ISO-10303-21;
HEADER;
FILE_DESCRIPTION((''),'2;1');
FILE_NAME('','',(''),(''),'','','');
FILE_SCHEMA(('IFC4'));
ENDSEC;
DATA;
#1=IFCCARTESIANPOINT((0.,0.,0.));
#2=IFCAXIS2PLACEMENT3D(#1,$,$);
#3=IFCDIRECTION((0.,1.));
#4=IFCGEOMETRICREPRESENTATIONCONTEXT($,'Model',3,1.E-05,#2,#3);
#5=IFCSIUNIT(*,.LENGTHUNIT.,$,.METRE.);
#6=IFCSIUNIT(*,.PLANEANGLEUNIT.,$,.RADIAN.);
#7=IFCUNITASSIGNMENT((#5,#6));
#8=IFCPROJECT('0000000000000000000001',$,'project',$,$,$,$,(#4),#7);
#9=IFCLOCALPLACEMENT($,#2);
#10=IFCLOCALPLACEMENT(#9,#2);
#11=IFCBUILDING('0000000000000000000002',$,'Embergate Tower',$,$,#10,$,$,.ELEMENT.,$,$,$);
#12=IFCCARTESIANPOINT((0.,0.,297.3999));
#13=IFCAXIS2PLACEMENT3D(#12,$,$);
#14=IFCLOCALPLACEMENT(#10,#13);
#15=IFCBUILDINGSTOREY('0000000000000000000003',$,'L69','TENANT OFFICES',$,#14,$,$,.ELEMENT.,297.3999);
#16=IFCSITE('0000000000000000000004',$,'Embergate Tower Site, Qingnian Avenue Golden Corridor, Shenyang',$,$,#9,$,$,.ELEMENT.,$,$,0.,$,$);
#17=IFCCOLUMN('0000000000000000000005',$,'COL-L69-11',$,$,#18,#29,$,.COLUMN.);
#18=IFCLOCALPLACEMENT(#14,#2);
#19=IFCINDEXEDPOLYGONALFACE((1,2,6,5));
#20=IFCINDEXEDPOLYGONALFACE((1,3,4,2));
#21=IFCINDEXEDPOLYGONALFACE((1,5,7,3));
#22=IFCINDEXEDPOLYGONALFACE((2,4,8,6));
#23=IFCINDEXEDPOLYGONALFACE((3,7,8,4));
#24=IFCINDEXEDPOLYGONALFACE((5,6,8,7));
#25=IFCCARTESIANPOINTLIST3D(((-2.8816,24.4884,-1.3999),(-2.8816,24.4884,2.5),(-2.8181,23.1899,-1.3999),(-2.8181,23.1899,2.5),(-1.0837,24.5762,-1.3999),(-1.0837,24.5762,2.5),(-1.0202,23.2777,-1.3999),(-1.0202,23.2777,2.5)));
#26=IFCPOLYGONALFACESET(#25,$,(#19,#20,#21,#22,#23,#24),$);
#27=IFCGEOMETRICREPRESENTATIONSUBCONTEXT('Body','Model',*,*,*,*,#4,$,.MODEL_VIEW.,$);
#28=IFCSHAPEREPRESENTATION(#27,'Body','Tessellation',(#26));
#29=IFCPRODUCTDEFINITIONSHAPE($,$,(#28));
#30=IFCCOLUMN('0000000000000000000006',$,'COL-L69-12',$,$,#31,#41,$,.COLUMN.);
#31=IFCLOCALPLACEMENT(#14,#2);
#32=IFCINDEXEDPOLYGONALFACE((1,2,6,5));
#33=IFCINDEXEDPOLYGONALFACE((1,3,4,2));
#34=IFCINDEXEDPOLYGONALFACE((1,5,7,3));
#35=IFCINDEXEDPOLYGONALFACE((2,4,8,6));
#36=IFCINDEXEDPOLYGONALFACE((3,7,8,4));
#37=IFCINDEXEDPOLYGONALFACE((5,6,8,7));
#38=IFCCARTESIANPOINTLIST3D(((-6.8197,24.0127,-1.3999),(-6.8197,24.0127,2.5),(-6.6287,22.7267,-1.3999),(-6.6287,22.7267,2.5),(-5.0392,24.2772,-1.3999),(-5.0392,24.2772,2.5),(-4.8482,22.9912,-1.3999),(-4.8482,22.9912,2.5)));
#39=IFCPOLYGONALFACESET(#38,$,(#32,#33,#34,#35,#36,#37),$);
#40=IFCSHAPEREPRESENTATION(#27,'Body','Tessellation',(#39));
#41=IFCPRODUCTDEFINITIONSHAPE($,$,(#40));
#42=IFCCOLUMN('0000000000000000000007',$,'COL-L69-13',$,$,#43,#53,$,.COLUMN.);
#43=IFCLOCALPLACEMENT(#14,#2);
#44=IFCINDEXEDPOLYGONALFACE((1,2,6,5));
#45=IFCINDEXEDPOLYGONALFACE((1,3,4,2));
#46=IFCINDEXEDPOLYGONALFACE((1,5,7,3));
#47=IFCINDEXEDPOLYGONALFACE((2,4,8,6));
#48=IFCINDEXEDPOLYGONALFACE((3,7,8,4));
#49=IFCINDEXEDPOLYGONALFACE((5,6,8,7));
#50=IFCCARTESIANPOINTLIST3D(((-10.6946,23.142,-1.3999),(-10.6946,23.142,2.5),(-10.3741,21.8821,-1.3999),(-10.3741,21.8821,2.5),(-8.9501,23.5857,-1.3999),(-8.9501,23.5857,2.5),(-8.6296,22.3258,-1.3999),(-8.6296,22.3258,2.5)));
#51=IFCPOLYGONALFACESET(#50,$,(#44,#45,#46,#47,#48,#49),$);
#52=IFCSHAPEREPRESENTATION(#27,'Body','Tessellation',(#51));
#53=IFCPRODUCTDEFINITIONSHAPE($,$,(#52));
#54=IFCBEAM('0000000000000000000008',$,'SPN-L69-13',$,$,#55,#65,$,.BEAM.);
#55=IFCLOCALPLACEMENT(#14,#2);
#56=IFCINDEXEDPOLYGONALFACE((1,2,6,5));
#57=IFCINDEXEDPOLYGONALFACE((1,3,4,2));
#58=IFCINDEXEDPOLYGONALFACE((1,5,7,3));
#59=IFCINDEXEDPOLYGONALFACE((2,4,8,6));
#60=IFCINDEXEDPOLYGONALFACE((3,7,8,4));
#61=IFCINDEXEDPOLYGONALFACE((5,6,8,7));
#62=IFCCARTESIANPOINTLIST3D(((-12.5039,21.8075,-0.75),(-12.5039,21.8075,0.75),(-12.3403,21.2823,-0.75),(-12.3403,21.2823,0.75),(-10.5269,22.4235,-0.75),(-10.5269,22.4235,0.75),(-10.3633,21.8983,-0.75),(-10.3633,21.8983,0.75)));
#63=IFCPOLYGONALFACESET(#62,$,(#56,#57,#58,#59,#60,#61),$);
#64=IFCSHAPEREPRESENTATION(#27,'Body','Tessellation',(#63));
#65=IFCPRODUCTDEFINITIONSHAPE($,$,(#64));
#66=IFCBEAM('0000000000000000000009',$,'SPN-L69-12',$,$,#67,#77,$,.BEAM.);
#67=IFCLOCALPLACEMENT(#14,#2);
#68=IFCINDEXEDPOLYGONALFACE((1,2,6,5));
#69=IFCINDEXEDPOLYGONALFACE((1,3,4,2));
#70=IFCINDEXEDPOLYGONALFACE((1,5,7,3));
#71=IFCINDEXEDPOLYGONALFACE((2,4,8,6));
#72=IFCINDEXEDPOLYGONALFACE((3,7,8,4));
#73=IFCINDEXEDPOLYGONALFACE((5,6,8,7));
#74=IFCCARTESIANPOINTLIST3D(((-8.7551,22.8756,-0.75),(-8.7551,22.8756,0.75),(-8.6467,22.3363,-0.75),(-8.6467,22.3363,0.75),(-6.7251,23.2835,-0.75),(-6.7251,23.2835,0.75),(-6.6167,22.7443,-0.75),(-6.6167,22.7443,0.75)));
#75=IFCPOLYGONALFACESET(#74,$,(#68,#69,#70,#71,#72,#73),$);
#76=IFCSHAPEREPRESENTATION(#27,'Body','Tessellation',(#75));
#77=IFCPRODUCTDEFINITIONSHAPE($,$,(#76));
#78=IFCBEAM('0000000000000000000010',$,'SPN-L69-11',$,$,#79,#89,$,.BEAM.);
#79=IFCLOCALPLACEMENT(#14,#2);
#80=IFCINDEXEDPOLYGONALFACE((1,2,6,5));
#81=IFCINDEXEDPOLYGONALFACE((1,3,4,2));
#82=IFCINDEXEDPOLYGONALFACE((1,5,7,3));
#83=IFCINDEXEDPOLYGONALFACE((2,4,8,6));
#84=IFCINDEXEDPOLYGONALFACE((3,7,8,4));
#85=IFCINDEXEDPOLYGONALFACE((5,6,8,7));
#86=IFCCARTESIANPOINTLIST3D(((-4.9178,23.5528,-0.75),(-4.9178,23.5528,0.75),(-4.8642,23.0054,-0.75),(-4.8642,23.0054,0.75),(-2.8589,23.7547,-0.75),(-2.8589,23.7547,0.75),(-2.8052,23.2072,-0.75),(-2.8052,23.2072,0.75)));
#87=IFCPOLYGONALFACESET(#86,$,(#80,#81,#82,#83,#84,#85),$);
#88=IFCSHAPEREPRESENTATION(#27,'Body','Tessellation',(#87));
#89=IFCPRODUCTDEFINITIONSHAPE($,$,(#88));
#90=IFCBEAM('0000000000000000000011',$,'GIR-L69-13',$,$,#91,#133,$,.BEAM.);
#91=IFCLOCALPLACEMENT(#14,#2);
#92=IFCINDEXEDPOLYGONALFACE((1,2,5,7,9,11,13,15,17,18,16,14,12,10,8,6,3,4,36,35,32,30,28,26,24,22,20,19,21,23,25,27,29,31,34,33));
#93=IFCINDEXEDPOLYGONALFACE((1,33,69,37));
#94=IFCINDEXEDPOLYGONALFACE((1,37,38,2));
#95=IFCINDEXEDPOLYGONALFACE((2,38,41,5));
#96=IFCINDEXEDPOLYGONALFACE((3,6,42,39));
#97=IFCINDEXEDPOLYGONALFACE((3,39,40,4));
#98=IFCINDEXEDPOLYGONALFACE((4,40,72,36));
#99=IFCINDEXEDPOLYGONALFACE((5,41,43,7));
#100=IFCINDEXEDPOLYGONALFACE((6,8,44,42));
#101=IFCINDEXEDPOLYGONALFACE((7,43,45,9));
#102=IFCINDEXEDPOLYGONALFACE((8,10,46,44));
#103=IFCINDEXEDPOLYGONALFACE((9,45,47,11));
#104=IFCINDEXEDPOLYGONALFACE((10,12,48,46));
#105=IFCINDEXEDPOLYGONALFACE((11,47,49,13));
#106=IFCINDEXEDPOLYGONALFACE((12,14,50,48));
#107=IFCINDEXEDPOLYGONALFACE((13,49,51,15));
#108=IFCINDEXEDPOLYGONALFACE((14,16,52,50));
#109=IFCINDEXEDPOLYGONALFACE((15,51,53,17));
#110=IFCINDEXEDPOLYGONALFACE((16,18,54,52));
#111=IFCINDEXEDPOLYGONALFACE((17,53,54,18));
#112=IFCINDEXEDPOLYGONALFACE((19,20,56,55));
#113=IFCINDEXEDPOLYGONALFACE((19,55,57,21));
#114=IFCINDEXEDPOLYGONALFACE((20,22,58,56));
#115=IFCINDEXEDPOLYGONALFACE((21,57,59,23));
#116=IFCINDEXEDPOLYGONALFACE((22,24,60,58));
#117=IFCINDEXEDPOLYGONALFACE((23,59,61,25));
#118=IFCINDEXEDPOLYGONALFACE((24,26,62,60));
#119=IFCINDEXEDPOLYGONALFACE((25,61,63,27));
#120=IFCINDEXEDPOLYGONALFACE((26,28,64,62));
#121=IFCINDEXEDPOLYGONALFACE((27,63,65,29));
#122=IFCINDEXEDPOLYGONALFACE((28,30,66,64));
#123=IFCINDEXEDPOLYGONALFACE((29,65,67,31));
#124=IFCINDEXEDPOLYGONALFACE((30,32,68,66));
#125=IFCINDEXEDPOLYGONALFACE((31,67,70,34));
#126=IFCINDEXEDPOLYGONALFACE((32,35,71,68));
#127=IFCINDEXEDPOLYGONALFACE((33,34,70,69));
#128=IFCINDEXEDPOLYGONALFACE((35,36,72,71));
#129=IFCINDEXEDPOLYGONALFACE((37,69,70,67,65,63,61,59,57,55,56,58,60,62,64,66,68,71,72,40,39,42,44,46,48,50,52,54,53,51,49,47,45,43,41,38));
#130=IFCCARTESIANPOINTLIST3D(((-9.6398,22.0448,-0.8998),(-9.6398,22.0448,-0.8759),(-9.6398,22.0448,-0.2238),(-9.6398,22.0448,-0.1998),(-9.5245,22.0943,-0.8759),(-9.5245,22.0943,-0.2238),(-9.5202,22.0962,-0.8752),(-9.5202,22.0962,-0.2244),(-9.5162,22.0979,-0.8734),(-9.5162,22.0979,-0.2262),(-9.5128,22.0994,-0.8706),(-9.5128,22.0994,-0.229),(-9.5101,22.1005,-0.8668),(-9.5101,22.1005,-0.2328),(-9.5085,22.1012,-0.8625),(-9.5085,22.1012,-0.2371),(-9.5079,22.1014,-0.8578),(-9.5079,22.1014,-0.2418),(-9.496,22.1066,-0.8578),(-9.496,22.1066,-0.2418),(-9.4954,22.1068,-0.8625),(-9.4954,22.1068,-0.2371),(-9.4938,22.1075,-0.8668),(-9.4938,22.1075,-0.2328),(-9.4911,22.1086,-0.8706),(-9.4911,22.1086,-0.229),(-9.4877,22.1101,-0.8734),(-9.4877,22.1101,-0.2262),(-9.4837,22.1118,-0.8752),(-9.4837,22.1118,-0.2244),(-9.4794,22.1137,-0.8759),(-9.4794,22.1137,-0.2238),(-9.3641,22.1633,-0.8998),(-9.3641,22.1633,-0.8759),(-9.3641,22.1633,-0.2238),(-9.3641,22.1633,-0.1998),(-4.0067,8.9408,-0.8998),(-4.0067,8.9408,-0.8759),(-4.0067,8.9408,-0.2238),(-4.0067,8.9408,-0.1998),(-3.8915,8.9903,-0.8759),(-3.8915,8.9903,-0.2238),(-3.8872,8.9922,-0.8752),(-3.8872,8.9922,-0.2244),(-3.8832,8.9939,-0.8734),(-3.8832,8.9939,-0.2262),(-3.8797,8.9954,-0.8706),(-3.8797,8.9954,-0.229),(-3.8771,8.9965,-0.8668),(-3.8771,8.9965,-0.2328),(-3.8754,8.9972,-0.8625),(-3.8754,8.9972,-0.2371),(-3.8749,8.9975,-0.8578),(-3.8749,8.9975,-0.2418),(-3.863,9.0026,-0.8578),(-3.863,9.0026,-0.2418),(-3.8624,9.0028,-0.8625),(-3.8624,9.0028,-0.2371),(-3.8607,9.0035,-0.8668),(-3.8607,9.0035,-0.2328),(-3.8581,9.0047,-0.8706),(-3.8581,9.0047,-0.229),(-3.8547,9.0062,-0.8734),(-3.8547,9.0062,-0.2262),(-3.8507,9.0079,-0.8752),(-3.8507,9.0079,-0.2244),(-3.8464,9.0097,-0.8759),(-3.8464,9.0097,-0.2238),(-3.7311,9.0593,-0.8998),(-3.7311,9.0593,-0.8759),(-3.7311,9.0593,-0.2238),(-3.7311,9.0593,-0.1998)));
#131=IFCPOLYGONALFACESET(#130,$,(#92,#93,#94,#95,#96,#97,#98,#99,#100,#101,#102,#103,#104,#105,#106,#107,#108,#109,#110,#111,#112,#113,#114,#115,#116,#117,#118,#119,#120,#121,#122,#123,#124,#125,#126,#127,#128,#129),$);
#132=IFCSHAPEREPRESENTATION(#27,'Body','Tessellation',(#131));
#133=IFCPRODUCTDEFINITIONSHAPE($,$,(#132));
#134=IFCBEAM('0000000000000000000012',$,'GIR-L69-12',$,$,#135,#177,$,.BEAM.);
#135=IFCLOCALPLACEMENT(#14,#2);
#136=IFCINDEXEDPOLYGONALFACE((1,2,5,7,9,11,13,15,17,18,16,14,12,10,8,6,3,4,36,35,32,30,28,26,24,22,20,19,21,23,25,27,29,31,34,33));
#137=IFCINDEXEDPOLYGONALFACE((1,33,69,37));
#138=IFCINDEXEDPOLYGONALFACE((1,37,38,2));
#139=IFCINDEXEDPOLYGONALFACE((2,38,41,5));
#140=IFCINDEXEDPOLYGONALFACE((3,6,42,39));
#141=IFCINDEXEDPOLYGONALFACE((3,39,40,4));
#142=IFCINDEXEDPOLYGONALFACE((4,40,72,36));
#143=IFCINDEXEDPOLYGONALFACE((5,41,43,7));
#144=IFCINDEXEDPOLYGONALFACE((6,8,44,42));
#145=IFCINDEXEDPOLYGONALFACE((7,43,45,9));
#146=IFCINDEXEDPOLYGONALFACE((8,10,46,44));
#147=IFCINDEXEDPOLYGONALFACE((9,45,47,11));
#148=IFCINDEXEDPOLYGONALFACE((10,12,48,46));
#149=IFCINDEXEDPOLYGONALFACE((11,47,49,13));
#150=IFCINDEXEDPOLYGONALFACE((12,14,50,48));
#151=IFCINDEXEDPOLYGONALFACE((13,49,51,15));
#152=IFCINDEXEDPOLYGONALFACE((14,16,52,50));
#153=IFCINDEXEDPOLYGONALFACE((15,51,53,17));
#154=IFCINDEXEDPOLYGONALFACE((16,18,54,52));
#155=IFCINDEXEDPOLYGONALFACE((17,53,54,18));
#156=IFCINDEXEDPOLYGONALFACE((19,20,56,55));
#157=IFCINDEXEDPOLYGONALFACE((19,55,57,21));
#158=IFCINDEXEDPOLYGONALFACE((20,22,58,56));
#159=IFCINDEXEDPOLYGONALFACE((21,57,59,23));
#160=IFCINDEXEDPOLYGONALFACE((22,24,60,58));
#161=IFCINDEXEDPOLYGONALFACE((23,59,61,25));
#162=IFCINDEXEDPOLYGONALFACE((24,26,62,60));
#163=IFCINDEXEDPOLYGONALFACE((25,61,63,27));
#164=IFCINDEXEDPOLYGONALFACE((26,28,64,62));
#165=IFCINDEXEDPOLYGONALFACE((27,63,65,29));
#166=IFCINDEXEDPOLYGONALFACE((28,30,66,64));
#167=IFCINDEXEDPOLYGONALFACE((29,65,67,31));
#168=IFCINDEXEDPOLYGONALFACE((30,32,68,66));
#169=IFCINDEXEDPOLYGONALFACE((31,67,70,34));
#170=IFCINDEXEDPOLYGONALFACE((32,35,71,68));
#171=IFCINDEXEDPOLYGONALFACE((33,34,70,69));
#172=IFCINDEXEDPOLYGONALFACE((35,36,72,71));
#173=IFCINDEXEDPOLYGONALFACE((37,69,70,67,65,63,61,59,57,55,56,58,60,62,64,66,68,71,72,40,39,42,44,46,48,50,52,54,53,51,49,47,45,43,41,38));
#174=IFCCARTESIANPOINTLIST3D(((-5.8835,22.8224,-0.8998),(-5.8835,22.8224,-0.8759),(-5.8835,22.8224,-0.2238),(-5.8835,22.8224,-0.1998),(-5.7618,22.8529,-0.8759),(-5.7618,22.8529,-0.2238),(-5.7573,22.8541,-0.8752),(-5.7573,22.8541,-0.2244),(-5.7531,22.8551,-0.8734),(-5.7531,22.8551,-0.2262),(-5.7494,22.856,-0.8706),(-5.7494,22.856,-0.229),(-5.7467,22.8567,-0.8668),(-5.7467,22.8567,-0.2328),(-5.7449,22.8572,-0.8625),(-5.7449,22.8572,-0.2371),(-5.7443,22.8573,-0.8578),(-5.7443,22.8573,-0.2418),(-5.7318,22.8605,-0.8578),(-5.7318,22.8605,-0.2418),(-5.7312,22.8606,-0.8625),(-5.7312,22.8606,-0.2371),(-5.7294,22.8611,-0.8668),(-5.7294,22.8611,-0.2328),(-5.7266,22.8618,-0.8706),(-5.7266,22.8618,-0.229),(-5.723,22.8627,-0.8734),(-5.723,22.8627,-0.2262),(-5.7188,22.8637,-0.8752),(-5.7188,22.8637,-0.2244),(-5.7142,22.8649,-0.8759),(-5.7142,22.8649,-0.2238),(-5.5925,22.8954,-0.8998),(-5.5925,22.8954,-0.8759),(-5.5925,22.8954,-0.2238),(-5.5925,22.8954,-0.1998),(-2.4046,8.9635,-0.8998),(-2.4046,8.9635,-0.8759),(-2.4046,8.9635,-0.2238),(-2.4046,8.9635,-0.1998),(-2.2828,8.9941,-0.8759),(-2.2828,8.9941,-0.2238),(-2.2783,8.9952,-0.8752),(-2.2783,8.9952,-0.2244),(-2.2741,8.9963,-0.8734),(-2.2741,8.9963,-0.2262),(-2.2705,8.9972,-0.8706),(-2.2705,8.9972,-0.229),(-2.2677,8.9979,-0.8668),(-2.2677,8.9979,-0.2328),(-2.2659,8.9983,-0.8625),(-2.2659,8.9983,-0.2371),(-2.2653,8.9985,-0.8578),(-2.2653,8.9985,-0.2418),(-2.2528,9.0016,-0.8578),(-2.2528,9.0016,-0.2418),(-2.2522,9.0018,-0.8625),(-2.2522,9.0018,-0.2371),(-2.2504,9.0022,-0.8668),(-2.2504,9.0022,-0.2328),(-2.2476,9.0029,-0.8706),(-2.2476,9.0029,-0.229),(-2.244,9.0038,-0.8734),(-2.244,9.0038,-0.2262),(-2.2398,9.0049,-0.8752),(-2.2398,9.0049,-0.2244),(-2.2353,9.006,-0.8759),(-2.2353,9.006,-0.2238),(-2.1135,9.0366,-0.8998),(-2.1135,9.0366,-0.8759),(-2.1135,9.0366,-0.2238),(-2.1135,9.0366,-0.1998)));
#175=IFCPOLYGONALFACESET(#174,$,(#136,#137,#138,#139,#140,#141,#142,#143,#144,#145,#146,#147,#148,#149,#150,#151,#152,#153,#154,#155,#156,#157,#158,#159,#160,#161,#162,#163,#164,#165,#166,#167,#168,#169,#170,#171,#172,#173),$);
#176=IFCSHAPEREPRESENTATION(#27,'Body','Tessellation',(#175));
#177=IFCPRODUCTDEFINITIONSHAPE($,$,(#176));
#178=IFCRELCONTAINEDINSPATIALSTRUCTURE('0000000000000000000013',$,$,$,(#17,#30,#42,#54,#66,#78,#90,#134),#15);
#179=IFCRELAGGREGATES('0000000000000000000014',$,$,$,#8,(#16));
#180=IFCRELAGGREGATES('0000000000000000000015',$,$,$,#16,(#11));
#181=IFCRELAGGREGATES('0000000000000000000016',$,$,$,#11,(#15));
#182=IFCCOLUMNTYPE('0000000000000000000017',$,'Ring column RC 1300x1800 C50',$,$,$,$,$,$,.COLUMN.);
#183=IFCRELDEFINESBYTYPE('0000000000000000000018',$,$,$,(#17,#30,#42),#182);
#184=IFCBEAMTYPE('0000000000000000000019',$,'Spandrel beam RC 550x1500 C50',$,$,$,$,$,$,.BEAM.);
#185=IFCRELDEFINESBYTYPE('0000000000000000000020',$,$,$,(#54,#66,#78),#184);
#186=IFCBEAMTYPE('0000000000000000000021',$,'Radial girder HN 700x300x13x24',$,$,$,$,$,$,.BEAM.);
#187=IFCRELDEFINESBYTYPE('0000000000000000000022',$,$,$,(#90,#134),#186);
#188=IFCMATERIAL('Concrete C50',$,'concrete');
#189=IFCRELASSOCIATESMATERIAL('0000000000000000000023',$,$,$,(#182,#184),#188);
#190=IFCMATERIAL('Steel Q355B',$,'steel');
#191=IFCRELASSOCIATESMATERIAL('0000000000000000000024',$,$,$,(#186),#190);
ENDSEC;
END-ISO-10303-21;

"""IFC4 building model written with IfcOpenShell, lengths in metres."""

from ifc_helpers import new_model, si_unit, direction, frame, origin, origin_2d, place, context, subcontext, project, spatial, rectangle, i_section, extrude, source, transform, mapped, material, material_profile, profile_set, type_object, element, save


model = new_model("IFC4")

# Units and contexts
model_context = context("Model", 3, precision=1e-05, world=origin(), true_north=direction((0.0, 1.0)))
body_context = subcontext(model_context, "Body", "Model", "MODEL_VIEW")
ifc_project = project(units=[si_unit("LENGTHUNIT", "METRE"), si_unit("PLANEANGLEUNIT", "RADIAN")], contexts=[model_context])

# Site, building, storey
site_placement = place(None, origin())
site = spatial("IfcSite", under=ifc_project, at=site_placement, Name="Embergate Tower Site, Qingnian Avenue Golden Corridor, Shenyang", CompositionType="ELEMENT", RefElevation=0.0)
building_placement = place(site_placement, origin())
building = spatial("IfcBuilding", under=site, at=building_placement, Name="Embergate Tower", CompositionType="ELEMENT")
storey_placement = place(building_placement, frame((0.0, 0.0, 297.3999)))
storey = spatial("IfcBuildingStorey", under=building, at=storey_placement, Name="L69", Description="TENANT OFFICES", CompositionType="ELEMENT", Elevation=297.3999)

# Columns
ifc_material_1 = material(Name="Concrete C50", Category="concrete")
ifc_material_profile_1 = material_profile(ifc_material_1, rectangle(XDim=1.3, YDim=1.8, at=origin_2d()), Name="RC 1300x1800")
ifc_profile_set_1 = profile_set([ifc_material_profile_1], Name="Concrete C50")
column_type = type_object("IfcColumnType", Name="Ring column RC 1300x1800 C50", PredefinedType="COLUMN", material=ifc_profile_set_1)
shared_shape_1 = source(origin(), body_context, "Body", "SweptSolid", [
    extrude(rectangle(XDim=1.3, YDim=1.8, at=origin_2d()), origin(), (0.0, 0.0, 1.0), 3.8999),
])
for number, where, z_axis, x_axis, name in (
    (1, (-1.9509, 23.8831, -1.3999), (0.0, 0.0, 1.0), (-0.048815, 0.998808, 0.0), "COL-L69-11"),
    (2, (-5.834, 23.502, -1.3999), (0.0, 0.0, 1.0), (-0.146929, 0.989147, 0.0), "COL-L69-12"),
    (3, (-9.6621, 22.7339, -1.3999), (0.0, 0.0, 1.0), (-0.246509, 0.969141, 0.0), "COL-L69-13"),
):
    element("IfcColumn", number, at=place(storey_placement, frame(where, z_axis=z_axis, x_axis=x_axis)), inside=storey, type_object=column_type, Name=name, PredefinedType="COLUMN", context=body_context, shape_type="MappedRepresentation", body=[
        mapped(shared_shape_1, transform((0.0, 0.0, 0.0))),
    ])

# Beams
ifc_material_profile_2 = material_profile(ifc_material_1, rectangle(XDim=0.55, YDim=1.5, at=origin_2d()), Name="RC 550x1500")
ifc_profile_set_2 = profile_set([ifc_material_profile_2], Name="Concrete C50")
beam_type_1 = type_object("IfcBeamType", Name="Spandrel beam RC 550x1500 C50", PredefinedType="BEAM", material=ifc_profile_set_2)
shared_shape_2 = source(origin(), body_context, "Body", "SweptSolid", [
    extrude(rectangle(XDim=0.55, YDim=1.5, at=origin_2d()), origin(), (0.0, 0.0, 1.0), 2.0708),
])
beam_1_placement = place(storey_placement, frame((-10.4451, 22.1609, 0.0), z_axis=(-0.954736, -0.297456, 0.0), x_axis=(0.297456, -0.954736, 0.0)))
element("IfcBeam", 4, at=beam_1_placement, inside=storey, type_object=beam_type_1, Name="SPN-L69-13", PredefinedType="BEAM", context=body_context, shape_type="MappedRepresentation", body=[
    mapped(shared_shape_2, transform((0.0, 0.0, 0.0))),
])
shared_shape_3 = source(origin(), body_context, "Body", "SweptSolid", [
    extrude(rectangle(XDim=0.55, YDim=1.5, at=origin_2d()), origin(), (0.0, 0.0, 1.0), 2.0706),
])
beam_2_placement = place(storey_placement, frame((-6.6709, 23.0139, 0.0), z_axis=(-0.980399, -0.197023, 0.0), x_axis=(0.197023, -0.980399, 0.0)))
element("IfcBeam", 5, at=beam_2_placement, inside=storey, type_object=beam_type_1, Name="SPN-L69-12", PredefinedType="BEAM", context=body_context, shape_type="MappedRepresentation", body=[
    mapped(shared_shape_3, transform((0.0, 0.0, 0.0))),
])
shared_shape_4 = source(origin(), body_context, "Body", "SweptSolid", [
    extrude(rectangle(XDim=0.55, YDim=1.5, at=origin_2d()), origin(), (0.0, 0.0, 1.0), 2.0688),
])
beam_3_placement = place(storey_placement, frame((-2.832, 23.481, 0.0), z_axis=(-0.995227, -0.097587, 0.0), x_axis=(0.097587, -0.995227, 0.0)))
element("IfcBeam", 6, at=beam_3_placement, inside=storey, type_object=beam_type_1, Name="SPN-L69-11", PredefinedType="BEAM", context=body_context, shape_type="MappedRepresentation", body=[
    mapped(shared_shape_4, transform((0.0, 0.0, 0.0))),
])
ifc_material_2 = material(Name="Steel Q355B", Category="steel")
ifc_material_profile_3 = material_profile(ifc_material_2, i_section(OverallWidth=0.3, OverallDepth=0.7, WebThickness=0.0129, FlangeThickness=0.0239, FilletRadius=0.0181, at=origin_2d()), Name="HN 700x300x13x24")
ifc_profile_set_3 = profile_set([ifc_material_profile_3], Name="Steel Q355 grade B")
beam_type_2 = type_object("IfcBeamType", Name="Radial girder HN 700x300x13x24", PredefinedType="BEAM", material=ifc_profile_set_3)
shared_shape_5 = source(origin(), body_context, "Body", "SweptSolid", [
    extrude(i_section(OverallWidth=0.3, OverallDepth=0.7, WebThickness=0.0129, FlangeThickness=0.0239, FilletRadius=0.0181, at=origin_2d()), origin(), (0.0, 0.0, 1.0), 14.2634),
])
beam_4_placement = place(storey_placement, frame((-9.502, 22.104, -0.5498), z_axis=(0.394929, -0.918712, 0.0), x_axis=(0.918712, 0.394929, 0.0)))
element("IfcBeam", 7, at=beam_4_placement, inside=storey, type_object=beam_type_2, Name="GIR-L69-13", PredefinedType="BEAM", context=body_context, shape_type="MappedRepresentation", body=[
    mapped(shared_shape_5, transform((0.0, 0.0, 0.0))),
])
shared_shape_6 = source(origin(), body_context, "Body", "SweptSolid", [
    extrude(i_section(OverallWidth=0.3, OverallDepth=0.7, WebThickness=0.0129, FlangeThickness=0.0239, FilletRadius=0.0181, at=origin_2d()), origin(), (0.0, 0.0, 1.0), 14.2888),
])
beam_5_placement = place(storey_placement, frame((-5.738, 22.8589, -0.5498), z_axis=(0.243476, -0.969907, 0.0), x_axis=(0.969907, 0.243476, 0.0)))
element("IfcBeam", 8, at=beam_5_placement, inside=storey, type_object=beam_type_2, Name="GIR-L69-12", PredefinedType="BEAM", context=body_context, shape_type="MappedRepresentation", body=[
    mapped(shared_shape_6, transform((0.0, 0.0, 0.0))),
])

save(model, "model.ifc")
